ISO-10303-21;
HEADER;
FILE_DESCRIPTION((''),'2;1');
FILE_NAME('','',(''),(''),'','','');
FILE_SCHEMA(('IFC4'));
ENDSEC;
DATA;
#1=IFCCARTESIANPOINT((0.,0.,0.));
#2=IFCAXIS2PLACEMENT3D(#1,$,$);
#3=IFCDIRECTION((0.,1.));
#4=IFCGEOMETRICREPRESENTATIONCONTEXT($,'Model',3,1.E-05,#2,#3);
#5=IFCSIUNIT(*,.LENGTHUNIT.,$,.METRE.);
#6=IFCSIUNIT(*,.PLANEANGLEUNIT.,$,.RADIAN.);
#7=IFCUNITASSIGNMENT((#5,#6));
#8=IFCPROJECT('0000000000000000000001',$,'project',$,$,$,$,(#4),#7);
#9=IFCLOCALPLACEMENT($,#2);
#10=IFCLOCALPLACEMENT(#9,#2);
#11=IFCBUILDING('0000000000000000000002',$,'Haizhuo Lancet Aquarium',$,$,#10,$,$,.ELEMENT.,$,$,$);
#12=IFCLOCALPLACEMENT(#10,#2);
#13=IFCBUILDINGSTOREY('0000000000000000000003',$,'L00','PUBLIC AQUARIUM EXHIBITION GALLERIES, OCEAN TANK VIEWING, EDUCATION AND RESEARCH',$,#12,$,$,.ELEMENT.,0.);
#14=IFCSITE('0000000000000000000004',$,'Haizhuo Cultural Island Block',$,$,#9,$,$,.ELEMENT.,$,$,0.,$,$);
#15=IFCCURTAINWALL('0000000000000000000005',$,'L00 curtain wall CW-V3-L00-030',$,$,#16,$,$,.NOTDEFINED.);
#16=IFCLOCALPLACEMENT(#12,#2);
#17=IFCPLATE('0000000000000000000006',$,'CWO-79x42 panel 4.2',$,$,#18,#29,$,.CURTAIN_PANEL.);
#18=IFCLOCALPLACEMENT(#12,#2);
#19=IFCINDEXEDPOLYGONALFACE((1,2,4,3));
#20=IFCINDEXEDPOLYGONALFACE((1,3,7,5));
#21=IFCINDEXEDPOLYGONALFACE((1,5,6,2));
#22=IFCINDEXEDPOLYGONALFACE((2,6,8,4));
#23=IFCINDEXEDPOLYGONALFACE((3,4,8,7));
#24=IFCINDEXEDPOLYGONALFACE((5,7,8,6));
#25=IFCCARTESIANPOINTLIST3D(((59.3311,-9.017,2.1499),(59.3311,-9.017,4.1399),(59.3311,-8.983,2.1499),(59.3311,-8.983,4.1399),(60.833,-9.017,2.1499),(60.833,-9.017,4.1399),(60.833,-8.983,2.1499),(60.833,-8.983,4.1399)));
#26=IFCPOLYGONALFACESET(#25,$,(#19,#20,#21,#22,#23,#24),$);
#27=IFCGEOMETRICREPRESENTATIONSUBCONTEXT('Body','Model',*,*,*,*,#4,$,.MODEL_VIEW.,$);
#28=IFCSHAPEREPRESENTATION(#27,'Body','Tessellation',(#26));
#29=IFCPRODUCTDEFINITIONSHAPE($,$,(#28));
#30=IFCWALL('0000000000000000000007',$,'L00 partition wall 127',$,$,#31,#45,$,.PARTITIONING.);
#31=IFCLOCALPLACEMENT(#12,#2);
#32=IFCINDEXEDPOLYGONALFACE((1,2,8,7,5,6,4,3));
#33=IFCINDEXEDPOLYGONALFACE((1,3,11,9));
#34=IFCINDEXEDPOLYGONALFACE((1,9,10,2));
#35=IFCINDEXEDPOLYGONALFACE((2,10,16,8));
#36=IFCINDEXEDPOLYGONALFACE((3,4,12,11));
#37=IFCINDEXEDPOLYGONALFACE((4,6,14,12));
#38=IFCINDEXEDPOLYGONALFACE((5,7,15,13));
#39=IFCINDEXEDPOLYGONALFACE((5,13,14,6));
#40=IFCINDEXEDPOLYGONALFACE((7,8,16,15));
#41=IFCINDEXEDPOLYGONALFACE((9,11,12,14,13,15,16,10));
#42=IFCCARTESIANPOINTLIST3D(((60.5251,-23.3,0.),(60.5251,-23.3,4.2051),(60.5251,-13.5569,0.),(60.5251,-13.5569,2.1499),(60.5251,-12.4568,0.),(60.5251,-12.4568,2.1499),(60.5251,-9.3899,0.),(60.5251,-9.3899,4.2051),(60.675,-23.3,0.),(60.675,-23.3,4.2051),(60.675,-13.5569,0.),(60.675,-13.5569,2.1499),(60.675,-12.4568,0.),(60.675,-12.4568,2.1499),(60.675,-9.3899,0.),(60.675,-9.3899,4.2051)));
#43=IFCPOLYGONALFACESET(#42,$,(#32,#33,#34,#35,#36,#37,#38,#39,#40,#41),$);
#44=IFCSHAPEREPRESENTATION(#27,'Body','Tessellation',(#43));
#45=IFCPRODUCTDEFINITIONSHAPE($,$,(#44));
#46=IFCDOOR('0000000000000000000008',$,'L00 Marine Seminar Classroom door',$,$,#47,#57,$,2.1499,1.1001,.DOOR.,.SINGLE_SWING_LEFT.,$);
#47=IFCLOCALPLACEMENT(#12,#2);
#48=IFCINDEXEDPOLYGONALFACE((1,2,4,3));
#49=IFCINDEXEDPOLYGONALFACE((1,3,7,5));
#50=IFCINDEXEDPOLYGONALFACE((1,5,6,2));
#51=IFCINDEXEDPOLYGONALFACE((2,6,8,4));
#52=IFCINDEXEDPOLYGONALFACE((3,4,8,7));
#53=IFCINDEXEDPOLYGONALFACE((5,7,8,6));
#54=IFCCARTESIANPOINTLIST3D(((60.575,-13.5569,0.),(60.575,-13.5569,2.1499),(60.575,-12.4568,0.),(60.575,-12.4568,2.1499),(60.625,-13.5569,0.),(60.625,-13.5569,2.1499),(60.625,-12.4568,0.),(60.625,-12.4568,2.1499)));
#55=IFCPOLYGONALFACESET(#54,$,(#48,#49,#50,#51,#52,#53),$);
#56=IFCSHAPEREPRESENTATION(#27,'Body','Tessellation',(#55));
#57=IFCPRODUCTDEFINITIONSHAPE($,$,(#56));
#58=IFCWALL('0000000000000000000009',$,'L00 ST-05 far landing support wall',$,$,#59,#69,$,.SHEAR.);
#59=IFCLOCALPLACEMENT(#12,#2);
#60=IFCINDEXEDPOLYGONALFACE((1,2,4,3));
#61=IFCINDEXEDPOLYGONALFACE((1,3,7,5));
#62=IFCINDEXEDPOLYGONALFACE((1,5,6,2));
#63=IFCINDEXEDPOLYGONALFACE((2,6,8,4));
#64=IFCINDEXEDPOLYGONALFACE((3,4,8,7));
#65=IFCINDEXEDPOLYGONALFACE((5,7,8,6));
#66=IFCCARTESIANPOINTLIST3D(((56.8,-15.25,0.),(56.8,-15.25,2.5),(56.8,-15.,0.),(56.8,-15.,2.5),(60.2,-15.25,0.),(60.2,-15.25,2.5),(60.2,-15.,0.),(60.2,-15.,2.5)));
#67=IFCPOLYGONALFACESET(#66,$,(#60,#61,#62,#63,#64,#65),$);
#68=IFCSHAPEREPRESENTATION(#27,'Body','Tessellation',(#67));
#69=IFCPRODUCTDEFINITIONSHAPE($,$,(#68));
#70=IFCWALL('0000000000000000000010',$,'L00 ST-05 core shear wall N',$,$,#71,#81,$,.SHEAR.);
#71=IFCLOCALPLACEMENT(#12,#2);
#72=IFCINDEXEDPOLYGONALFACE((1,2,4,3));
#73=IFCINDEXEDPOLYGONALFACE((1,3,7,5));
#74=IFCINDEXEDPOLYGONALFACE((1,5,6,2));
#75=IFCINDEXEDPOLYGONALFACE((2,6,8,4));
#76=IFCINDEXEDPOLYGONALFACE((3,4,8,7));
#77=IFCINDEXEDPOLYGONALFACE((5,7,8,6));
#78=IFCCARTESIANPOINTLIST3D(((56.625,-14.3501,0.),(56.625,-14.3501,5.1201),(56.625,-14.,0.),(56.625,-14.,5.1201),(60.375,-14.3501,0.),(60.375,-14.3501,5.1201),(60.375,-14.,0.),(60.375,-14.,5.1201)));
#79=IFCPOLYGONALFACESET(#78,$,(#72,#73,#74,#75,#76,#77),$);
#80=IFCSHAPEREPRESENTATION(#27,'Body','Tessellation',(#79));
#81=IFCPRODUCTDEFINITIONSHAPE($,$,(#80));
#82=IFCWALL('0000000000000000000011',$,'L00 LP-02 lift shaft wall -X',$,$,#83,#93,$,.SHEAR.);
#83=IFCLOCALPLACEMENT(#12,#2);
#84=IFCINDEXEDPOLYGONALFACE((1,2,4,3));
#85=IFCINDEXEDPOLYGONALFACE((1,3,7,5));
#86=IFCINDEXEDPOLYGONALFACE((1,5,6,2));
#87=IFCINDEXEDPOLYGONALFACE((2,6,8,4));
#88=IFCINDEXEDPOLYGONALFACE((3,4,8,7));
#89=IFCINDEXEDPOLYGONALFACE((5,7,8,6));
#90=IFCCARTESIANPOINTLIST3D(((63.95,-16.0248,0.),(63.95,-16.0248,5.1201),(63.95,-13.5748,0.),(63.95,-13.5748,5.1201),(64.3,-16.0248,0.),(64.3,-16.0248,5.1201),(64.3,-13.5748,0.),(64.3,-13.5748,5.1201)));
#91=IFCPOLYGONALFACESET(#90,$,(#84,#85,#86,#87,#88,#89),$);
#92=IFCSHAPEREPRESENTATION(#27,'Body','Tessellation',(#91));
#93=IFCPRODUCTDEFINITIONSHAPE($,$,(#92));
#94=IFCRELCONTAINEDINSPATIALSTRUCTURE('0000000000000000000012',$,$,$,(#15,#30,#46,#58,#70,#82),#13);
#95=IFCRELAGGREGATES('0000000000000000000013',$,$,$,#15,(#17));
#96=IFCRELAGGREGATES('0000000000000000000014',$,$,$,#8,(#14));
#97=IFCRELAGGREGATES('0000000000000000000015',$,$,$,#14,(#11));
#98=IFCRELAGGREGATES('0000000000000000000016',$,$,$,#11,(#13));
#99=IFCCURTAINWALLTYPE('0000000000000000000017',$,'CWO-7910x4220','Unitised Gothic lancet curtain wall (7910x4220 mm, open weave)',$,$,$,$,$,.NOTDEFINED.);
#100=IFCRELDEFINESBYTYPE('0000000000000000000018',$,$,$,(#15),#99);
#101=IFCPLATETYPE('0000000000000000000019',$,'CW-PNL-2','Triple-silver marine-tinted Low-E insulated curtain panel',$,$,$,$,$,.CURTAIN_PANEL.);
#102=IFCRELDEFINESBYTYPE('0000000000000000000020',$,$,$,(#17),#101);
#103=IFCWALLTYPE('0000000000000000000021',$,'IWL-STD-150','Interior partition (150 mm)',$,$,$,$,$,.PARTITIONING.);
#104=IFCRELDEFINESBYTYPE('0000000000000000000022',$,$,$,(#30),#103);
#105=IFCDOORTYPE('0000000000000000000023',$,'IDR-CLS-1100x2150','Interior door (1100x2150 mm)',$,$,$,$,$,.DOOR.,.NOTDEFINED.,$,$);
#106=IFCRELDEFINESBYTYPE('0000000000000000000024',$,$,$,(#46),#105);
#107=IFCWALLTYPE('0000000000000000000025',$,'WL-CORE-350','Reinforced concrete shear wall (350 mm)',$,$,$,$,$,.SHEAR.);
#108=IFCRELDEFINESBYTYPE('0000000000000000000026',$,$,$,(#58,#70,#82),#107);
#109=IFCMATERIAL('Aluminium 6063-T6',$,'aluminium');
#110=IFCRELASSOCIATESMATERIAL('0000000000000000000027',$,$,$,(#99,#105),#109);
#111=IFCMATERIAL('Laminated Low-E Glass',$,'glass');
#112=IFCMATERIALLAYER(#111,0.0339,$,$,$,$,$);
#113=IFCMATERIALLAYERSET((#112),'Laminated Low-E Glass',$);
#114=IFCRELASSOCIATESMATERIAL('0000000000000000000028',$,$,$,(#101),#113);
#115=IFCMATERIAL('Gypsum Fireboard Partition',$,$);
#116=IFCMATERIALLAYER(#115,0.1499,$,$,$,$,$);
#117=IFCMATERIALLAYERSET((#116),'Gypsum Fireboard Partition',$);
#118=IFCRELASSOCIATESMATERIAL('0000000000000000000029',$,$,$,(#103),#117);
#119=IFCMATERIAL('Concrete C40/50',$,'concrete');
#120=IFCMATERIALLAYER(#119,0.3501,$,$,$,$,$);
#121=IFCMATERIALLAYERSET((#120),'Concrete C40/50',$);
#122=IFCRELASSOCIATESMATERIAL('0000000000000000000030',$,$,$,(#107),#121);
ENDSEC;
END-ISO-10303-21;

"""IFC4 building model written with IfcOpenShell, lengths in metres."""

from ifc_helpers import new_model, si_unit, direction, frame, frame_2d, origin, origin_2d, place, context, subcontext, project, spatial, rectangle, extrude, material, layer, layer_set, type_object, element, fill, aggregate, save


model = new_model("IFC4")

# Units and contexts
model_context = context("Model", 3, precision=1e-05, world=origin(), true_north=direction((0.0, 1.0)))
body_context = subcontext(model_context, "Body", "Model", "MODEL_VIEW")
ifc_project = project(units=[si_unit("LENGTHUNIT", "METRE"), si_unit("PLANEANGLEUNIT", "RADIAN")], contexts=[model_context])

# Site, building, storey
site_placement = place(None, origin())
site = spatial("IfcSite", under=ifc_project, at=site_placement, Name="Haizhuo Cultural Island Block", CompositionType="ELEMENT", RefElevation=0.0)
building_placement = place(site_placement, origin())
building = spatial("IfcBuilding", under=site, at=building_placement, Name="Haizhuo Lancet Aquarium", CompositionType="ELEMENT")
storey_placement = place(building_placement, origin())
storey = spatial("IfcBuildingStorey", under=building, at=storey_placement, Name="L00", Description="PUBLIC AQUARIUM EXHIBITION GALLERIES, OCEAN TANK VIEWING, EDUCATION AND RESEARCH", CompositionType="ELEMENT", Elevation=0.0)

# Shared definitions
ifc_material_1 = material(Name="Concrete C40/50", Category="concrete")

# Curtain wall
ifc_material_2 = material(Name="Aluminium 6063-T6", Category="aluminium")
curtain_wall_type = type_object("IfcCurtainWallType", Name="CWO-7910x4220", Description="Unitised Gothic lancet curtain wall (7910x4220 mm, open weave)", PredefinedType="NOTDEFINED", material=ifc_material_2)
curtain_wall_placement = place(storey_placement, origin())
curtain_wall = element("IfcCurtainWall", 1, at=curtain_wall_placement, inside=storey, type_object=curtain_wall_type, Name="L00 curtain wall CW-V3-L00-030", PredefinedType="NOTDEFINED")

# Plate
ifc_material_3 = material(Name="Laminated Low-E Glass", Category="glass")
ifc_layer_1 = layer(ifc_material_3, 0.0339)
ifc_layer_set_1 = layer_set([ifc_layer_1], Name="Laminated Low-E Glass")
plate_type = type_object("IfcPlateType", Name="CW-PNL-2", Description="Triple-silver marine-tinted Low-E insulated curtain panel", PredefinedType="CURTAIN_PANEL", material=ifc_layer_set_1)
plate_1_placement = place(storey_placement, frame((60.082, -9.0, 2.1499), z_axis=(0.0, 0.0, 1.0), x_axis=(1.0, 0.0, 0.0)))
plate_1 = element("IfcPlate", 2, at=plate_1_placement, type_object=plate_type, Name="CWO-79x42 panel 4.2", PredefinedType="CURTAIN_PANEL", context=body_context, shape_type="SweptSolid", body=[
    extrude(rectangle(XDim=1.502, YDim=0.0339, at=origin_2d()), origin(), (0.0, 0.0, 1.0), 1.99),
])
aggregate(curtain_wall, [plate_1])

# Wall, opening, door
ifc_material_4 = material(Name="Gypsum Fireboard Partition")
ifc_layer_2 = layer(ifc_material_4, 0.1499)
ifc_layer_set_2 = layer_set([ifc_layer_2], Name="Gypsum Fireboard Partition")
wall_type_1 = type_object("IfcWallType", Name="IWL-STD-150", Description="Interior partition (150 mm)", PredefinedType="PARTITIONING", material=ifc_layer_set_2)
wall_1_placement = place(storey_placement, frame((60.6001, -9.3899, 0.0), z_axis=(0.0, 0.0, 1.0), x_axis=(0.0, -1.0, 0.0)))
wall_1 = element("IfcWall", 3, at=wall_1_placement, inside=storey, type_object=wall_type_1, Name="L00 partition wall 127", PredefinedType="PARTITIONING", context=body_context, shape_type="SweptSolid", body=[
    extrude(rectangle(XDim=13.9102, YDim=0.1499, at=frame_2d((6.9551, 0.0))), origin(), (0.0, 0.0, 1.0), 4.2051),
])
opening_placement = place(wall_1_placement, frame((3.0669, 0.0, 0.0)))
opening = element("IfcOpeningElement", 4, at=opening_placement, cuts=wall_1, PredefinedType="OPENING", context=body_context, shape_type="SweptSolid", body=[
    extrude(rectangle(XDim=1.1001, YDim=2.1499, at=frame_2d((0.55, 1.075))), frame((0.0, 0.085, 0.0), z_axis=(0.0, -1.0, 0.0), x_axis=(1.0, 0.0, 0.0)), (0.0, 0.0, 1.0), 0.1699),
])
door_type = type_object("IfcDoorType", Name="IDR-CLS-1100x2150", Description="Interior door (1100x2150 mm)", OperationType="NOTDEFINED", PredefinedType="DOOR", material=ifc_material_2)
door_placement = place(opening_placement, origin())
door = element("IfcDoor", 5, at=door_placement, inside=storey, type_object=door_type, Name="L00 Marine Seminar Classroom door", OperationType="SINGLE_SWING_LEFT", OverallHeight=2.1499, OverallWidth=1.1001, PredefinedType="DOOR", context=body_context, shape_type="SweptSolid", body=[
    extrude(rectangle(XDim=1.1001, YDim=2.1499, at=frame_2d((0.55, 1.075))), frame((0.0, 0.0249, 0.0), z_axis=(0.0, -1.0, 0.0), x_axis=(1.0, 0.0, 0.0)), (0.0, 0.0, 1.0), 0.05),
])
fill(opening, door)

# Walls
ifc_layer_3 = layer(ifc_material_1, 0.3501)
ifc_layer_set_3 = layer_set([ifc_layer_3], Name="Concrete C40/50")
wall_type_2 = type_object("IfcWallType", Name="WL-CORE-350", Description="Reinforced concrete shear wall (350 mm)", PredefinedType="SHEAR", material=ifc_layer_set_3)
wall_2_placement = place(storey_placement, frame((56.8, -15.125, 0.0), z_axis=(0.0, 0.0, 1.0), x_axis=(1.0, 0.0, 0.0)))
element("IfcWall", 6, at=wall_2_placement, inside=storey, type_object=wall_type_2, Name="L00 ST-05 far landing support wall", PredefinedType="SHEAR", context=body_context, shape_type="SweptSolid", body=[
    extrude(rectangle(XDim=3.3999, YDim=0.25, at=frame_2d((1.7, 0.0))), origin(), (0.0, 0.0, 1.0), 2.5),
])
wall_3_placement = place(storey_placement, frame((56.625, -14.175, 0.0), z_axis=(0.0, 0.0, 1.0), x_axis=(1.0, 0.0, 0.0)))
element("IfcWall", 7, at=wall_3_placement, inside=storey, type_object=wall_type_2, Name="L00 ST-05 core shear wall N", PredefinedType="SHEAR", context=body_context, shape_type="SweptSolid", body=[
    extrude(rectangle(XDim=3.75, YDim=0.3501, at=frame_2d((1.875, 0.0))), origin(), (0.0, 0.0, 1.0), 5.1201),
])
wall_4_placement = place(storey_placement, frame((64.125, -16.0249, 0.0), z_axis=(0.0, 0.0, 1.0), x_axis=(0.0, 1.0, 0.0)))
element("IfcWall", 8, at=wall_4_placement, inside=storey, type_object=wall_type_2, Name="L00 LP-02 lift shaft wall -X", PredefinedType="SHEAR", context=body_context, shape_type="SweptSolid", body=[
    extrude(rectangle(XDim=2.45, YDim=0.3501, at=frame_2d((1.2251, 0.0))), origin(), (0.0, 0.0, 1.0), 5.1201),
])

save(model, "model.ifc")
